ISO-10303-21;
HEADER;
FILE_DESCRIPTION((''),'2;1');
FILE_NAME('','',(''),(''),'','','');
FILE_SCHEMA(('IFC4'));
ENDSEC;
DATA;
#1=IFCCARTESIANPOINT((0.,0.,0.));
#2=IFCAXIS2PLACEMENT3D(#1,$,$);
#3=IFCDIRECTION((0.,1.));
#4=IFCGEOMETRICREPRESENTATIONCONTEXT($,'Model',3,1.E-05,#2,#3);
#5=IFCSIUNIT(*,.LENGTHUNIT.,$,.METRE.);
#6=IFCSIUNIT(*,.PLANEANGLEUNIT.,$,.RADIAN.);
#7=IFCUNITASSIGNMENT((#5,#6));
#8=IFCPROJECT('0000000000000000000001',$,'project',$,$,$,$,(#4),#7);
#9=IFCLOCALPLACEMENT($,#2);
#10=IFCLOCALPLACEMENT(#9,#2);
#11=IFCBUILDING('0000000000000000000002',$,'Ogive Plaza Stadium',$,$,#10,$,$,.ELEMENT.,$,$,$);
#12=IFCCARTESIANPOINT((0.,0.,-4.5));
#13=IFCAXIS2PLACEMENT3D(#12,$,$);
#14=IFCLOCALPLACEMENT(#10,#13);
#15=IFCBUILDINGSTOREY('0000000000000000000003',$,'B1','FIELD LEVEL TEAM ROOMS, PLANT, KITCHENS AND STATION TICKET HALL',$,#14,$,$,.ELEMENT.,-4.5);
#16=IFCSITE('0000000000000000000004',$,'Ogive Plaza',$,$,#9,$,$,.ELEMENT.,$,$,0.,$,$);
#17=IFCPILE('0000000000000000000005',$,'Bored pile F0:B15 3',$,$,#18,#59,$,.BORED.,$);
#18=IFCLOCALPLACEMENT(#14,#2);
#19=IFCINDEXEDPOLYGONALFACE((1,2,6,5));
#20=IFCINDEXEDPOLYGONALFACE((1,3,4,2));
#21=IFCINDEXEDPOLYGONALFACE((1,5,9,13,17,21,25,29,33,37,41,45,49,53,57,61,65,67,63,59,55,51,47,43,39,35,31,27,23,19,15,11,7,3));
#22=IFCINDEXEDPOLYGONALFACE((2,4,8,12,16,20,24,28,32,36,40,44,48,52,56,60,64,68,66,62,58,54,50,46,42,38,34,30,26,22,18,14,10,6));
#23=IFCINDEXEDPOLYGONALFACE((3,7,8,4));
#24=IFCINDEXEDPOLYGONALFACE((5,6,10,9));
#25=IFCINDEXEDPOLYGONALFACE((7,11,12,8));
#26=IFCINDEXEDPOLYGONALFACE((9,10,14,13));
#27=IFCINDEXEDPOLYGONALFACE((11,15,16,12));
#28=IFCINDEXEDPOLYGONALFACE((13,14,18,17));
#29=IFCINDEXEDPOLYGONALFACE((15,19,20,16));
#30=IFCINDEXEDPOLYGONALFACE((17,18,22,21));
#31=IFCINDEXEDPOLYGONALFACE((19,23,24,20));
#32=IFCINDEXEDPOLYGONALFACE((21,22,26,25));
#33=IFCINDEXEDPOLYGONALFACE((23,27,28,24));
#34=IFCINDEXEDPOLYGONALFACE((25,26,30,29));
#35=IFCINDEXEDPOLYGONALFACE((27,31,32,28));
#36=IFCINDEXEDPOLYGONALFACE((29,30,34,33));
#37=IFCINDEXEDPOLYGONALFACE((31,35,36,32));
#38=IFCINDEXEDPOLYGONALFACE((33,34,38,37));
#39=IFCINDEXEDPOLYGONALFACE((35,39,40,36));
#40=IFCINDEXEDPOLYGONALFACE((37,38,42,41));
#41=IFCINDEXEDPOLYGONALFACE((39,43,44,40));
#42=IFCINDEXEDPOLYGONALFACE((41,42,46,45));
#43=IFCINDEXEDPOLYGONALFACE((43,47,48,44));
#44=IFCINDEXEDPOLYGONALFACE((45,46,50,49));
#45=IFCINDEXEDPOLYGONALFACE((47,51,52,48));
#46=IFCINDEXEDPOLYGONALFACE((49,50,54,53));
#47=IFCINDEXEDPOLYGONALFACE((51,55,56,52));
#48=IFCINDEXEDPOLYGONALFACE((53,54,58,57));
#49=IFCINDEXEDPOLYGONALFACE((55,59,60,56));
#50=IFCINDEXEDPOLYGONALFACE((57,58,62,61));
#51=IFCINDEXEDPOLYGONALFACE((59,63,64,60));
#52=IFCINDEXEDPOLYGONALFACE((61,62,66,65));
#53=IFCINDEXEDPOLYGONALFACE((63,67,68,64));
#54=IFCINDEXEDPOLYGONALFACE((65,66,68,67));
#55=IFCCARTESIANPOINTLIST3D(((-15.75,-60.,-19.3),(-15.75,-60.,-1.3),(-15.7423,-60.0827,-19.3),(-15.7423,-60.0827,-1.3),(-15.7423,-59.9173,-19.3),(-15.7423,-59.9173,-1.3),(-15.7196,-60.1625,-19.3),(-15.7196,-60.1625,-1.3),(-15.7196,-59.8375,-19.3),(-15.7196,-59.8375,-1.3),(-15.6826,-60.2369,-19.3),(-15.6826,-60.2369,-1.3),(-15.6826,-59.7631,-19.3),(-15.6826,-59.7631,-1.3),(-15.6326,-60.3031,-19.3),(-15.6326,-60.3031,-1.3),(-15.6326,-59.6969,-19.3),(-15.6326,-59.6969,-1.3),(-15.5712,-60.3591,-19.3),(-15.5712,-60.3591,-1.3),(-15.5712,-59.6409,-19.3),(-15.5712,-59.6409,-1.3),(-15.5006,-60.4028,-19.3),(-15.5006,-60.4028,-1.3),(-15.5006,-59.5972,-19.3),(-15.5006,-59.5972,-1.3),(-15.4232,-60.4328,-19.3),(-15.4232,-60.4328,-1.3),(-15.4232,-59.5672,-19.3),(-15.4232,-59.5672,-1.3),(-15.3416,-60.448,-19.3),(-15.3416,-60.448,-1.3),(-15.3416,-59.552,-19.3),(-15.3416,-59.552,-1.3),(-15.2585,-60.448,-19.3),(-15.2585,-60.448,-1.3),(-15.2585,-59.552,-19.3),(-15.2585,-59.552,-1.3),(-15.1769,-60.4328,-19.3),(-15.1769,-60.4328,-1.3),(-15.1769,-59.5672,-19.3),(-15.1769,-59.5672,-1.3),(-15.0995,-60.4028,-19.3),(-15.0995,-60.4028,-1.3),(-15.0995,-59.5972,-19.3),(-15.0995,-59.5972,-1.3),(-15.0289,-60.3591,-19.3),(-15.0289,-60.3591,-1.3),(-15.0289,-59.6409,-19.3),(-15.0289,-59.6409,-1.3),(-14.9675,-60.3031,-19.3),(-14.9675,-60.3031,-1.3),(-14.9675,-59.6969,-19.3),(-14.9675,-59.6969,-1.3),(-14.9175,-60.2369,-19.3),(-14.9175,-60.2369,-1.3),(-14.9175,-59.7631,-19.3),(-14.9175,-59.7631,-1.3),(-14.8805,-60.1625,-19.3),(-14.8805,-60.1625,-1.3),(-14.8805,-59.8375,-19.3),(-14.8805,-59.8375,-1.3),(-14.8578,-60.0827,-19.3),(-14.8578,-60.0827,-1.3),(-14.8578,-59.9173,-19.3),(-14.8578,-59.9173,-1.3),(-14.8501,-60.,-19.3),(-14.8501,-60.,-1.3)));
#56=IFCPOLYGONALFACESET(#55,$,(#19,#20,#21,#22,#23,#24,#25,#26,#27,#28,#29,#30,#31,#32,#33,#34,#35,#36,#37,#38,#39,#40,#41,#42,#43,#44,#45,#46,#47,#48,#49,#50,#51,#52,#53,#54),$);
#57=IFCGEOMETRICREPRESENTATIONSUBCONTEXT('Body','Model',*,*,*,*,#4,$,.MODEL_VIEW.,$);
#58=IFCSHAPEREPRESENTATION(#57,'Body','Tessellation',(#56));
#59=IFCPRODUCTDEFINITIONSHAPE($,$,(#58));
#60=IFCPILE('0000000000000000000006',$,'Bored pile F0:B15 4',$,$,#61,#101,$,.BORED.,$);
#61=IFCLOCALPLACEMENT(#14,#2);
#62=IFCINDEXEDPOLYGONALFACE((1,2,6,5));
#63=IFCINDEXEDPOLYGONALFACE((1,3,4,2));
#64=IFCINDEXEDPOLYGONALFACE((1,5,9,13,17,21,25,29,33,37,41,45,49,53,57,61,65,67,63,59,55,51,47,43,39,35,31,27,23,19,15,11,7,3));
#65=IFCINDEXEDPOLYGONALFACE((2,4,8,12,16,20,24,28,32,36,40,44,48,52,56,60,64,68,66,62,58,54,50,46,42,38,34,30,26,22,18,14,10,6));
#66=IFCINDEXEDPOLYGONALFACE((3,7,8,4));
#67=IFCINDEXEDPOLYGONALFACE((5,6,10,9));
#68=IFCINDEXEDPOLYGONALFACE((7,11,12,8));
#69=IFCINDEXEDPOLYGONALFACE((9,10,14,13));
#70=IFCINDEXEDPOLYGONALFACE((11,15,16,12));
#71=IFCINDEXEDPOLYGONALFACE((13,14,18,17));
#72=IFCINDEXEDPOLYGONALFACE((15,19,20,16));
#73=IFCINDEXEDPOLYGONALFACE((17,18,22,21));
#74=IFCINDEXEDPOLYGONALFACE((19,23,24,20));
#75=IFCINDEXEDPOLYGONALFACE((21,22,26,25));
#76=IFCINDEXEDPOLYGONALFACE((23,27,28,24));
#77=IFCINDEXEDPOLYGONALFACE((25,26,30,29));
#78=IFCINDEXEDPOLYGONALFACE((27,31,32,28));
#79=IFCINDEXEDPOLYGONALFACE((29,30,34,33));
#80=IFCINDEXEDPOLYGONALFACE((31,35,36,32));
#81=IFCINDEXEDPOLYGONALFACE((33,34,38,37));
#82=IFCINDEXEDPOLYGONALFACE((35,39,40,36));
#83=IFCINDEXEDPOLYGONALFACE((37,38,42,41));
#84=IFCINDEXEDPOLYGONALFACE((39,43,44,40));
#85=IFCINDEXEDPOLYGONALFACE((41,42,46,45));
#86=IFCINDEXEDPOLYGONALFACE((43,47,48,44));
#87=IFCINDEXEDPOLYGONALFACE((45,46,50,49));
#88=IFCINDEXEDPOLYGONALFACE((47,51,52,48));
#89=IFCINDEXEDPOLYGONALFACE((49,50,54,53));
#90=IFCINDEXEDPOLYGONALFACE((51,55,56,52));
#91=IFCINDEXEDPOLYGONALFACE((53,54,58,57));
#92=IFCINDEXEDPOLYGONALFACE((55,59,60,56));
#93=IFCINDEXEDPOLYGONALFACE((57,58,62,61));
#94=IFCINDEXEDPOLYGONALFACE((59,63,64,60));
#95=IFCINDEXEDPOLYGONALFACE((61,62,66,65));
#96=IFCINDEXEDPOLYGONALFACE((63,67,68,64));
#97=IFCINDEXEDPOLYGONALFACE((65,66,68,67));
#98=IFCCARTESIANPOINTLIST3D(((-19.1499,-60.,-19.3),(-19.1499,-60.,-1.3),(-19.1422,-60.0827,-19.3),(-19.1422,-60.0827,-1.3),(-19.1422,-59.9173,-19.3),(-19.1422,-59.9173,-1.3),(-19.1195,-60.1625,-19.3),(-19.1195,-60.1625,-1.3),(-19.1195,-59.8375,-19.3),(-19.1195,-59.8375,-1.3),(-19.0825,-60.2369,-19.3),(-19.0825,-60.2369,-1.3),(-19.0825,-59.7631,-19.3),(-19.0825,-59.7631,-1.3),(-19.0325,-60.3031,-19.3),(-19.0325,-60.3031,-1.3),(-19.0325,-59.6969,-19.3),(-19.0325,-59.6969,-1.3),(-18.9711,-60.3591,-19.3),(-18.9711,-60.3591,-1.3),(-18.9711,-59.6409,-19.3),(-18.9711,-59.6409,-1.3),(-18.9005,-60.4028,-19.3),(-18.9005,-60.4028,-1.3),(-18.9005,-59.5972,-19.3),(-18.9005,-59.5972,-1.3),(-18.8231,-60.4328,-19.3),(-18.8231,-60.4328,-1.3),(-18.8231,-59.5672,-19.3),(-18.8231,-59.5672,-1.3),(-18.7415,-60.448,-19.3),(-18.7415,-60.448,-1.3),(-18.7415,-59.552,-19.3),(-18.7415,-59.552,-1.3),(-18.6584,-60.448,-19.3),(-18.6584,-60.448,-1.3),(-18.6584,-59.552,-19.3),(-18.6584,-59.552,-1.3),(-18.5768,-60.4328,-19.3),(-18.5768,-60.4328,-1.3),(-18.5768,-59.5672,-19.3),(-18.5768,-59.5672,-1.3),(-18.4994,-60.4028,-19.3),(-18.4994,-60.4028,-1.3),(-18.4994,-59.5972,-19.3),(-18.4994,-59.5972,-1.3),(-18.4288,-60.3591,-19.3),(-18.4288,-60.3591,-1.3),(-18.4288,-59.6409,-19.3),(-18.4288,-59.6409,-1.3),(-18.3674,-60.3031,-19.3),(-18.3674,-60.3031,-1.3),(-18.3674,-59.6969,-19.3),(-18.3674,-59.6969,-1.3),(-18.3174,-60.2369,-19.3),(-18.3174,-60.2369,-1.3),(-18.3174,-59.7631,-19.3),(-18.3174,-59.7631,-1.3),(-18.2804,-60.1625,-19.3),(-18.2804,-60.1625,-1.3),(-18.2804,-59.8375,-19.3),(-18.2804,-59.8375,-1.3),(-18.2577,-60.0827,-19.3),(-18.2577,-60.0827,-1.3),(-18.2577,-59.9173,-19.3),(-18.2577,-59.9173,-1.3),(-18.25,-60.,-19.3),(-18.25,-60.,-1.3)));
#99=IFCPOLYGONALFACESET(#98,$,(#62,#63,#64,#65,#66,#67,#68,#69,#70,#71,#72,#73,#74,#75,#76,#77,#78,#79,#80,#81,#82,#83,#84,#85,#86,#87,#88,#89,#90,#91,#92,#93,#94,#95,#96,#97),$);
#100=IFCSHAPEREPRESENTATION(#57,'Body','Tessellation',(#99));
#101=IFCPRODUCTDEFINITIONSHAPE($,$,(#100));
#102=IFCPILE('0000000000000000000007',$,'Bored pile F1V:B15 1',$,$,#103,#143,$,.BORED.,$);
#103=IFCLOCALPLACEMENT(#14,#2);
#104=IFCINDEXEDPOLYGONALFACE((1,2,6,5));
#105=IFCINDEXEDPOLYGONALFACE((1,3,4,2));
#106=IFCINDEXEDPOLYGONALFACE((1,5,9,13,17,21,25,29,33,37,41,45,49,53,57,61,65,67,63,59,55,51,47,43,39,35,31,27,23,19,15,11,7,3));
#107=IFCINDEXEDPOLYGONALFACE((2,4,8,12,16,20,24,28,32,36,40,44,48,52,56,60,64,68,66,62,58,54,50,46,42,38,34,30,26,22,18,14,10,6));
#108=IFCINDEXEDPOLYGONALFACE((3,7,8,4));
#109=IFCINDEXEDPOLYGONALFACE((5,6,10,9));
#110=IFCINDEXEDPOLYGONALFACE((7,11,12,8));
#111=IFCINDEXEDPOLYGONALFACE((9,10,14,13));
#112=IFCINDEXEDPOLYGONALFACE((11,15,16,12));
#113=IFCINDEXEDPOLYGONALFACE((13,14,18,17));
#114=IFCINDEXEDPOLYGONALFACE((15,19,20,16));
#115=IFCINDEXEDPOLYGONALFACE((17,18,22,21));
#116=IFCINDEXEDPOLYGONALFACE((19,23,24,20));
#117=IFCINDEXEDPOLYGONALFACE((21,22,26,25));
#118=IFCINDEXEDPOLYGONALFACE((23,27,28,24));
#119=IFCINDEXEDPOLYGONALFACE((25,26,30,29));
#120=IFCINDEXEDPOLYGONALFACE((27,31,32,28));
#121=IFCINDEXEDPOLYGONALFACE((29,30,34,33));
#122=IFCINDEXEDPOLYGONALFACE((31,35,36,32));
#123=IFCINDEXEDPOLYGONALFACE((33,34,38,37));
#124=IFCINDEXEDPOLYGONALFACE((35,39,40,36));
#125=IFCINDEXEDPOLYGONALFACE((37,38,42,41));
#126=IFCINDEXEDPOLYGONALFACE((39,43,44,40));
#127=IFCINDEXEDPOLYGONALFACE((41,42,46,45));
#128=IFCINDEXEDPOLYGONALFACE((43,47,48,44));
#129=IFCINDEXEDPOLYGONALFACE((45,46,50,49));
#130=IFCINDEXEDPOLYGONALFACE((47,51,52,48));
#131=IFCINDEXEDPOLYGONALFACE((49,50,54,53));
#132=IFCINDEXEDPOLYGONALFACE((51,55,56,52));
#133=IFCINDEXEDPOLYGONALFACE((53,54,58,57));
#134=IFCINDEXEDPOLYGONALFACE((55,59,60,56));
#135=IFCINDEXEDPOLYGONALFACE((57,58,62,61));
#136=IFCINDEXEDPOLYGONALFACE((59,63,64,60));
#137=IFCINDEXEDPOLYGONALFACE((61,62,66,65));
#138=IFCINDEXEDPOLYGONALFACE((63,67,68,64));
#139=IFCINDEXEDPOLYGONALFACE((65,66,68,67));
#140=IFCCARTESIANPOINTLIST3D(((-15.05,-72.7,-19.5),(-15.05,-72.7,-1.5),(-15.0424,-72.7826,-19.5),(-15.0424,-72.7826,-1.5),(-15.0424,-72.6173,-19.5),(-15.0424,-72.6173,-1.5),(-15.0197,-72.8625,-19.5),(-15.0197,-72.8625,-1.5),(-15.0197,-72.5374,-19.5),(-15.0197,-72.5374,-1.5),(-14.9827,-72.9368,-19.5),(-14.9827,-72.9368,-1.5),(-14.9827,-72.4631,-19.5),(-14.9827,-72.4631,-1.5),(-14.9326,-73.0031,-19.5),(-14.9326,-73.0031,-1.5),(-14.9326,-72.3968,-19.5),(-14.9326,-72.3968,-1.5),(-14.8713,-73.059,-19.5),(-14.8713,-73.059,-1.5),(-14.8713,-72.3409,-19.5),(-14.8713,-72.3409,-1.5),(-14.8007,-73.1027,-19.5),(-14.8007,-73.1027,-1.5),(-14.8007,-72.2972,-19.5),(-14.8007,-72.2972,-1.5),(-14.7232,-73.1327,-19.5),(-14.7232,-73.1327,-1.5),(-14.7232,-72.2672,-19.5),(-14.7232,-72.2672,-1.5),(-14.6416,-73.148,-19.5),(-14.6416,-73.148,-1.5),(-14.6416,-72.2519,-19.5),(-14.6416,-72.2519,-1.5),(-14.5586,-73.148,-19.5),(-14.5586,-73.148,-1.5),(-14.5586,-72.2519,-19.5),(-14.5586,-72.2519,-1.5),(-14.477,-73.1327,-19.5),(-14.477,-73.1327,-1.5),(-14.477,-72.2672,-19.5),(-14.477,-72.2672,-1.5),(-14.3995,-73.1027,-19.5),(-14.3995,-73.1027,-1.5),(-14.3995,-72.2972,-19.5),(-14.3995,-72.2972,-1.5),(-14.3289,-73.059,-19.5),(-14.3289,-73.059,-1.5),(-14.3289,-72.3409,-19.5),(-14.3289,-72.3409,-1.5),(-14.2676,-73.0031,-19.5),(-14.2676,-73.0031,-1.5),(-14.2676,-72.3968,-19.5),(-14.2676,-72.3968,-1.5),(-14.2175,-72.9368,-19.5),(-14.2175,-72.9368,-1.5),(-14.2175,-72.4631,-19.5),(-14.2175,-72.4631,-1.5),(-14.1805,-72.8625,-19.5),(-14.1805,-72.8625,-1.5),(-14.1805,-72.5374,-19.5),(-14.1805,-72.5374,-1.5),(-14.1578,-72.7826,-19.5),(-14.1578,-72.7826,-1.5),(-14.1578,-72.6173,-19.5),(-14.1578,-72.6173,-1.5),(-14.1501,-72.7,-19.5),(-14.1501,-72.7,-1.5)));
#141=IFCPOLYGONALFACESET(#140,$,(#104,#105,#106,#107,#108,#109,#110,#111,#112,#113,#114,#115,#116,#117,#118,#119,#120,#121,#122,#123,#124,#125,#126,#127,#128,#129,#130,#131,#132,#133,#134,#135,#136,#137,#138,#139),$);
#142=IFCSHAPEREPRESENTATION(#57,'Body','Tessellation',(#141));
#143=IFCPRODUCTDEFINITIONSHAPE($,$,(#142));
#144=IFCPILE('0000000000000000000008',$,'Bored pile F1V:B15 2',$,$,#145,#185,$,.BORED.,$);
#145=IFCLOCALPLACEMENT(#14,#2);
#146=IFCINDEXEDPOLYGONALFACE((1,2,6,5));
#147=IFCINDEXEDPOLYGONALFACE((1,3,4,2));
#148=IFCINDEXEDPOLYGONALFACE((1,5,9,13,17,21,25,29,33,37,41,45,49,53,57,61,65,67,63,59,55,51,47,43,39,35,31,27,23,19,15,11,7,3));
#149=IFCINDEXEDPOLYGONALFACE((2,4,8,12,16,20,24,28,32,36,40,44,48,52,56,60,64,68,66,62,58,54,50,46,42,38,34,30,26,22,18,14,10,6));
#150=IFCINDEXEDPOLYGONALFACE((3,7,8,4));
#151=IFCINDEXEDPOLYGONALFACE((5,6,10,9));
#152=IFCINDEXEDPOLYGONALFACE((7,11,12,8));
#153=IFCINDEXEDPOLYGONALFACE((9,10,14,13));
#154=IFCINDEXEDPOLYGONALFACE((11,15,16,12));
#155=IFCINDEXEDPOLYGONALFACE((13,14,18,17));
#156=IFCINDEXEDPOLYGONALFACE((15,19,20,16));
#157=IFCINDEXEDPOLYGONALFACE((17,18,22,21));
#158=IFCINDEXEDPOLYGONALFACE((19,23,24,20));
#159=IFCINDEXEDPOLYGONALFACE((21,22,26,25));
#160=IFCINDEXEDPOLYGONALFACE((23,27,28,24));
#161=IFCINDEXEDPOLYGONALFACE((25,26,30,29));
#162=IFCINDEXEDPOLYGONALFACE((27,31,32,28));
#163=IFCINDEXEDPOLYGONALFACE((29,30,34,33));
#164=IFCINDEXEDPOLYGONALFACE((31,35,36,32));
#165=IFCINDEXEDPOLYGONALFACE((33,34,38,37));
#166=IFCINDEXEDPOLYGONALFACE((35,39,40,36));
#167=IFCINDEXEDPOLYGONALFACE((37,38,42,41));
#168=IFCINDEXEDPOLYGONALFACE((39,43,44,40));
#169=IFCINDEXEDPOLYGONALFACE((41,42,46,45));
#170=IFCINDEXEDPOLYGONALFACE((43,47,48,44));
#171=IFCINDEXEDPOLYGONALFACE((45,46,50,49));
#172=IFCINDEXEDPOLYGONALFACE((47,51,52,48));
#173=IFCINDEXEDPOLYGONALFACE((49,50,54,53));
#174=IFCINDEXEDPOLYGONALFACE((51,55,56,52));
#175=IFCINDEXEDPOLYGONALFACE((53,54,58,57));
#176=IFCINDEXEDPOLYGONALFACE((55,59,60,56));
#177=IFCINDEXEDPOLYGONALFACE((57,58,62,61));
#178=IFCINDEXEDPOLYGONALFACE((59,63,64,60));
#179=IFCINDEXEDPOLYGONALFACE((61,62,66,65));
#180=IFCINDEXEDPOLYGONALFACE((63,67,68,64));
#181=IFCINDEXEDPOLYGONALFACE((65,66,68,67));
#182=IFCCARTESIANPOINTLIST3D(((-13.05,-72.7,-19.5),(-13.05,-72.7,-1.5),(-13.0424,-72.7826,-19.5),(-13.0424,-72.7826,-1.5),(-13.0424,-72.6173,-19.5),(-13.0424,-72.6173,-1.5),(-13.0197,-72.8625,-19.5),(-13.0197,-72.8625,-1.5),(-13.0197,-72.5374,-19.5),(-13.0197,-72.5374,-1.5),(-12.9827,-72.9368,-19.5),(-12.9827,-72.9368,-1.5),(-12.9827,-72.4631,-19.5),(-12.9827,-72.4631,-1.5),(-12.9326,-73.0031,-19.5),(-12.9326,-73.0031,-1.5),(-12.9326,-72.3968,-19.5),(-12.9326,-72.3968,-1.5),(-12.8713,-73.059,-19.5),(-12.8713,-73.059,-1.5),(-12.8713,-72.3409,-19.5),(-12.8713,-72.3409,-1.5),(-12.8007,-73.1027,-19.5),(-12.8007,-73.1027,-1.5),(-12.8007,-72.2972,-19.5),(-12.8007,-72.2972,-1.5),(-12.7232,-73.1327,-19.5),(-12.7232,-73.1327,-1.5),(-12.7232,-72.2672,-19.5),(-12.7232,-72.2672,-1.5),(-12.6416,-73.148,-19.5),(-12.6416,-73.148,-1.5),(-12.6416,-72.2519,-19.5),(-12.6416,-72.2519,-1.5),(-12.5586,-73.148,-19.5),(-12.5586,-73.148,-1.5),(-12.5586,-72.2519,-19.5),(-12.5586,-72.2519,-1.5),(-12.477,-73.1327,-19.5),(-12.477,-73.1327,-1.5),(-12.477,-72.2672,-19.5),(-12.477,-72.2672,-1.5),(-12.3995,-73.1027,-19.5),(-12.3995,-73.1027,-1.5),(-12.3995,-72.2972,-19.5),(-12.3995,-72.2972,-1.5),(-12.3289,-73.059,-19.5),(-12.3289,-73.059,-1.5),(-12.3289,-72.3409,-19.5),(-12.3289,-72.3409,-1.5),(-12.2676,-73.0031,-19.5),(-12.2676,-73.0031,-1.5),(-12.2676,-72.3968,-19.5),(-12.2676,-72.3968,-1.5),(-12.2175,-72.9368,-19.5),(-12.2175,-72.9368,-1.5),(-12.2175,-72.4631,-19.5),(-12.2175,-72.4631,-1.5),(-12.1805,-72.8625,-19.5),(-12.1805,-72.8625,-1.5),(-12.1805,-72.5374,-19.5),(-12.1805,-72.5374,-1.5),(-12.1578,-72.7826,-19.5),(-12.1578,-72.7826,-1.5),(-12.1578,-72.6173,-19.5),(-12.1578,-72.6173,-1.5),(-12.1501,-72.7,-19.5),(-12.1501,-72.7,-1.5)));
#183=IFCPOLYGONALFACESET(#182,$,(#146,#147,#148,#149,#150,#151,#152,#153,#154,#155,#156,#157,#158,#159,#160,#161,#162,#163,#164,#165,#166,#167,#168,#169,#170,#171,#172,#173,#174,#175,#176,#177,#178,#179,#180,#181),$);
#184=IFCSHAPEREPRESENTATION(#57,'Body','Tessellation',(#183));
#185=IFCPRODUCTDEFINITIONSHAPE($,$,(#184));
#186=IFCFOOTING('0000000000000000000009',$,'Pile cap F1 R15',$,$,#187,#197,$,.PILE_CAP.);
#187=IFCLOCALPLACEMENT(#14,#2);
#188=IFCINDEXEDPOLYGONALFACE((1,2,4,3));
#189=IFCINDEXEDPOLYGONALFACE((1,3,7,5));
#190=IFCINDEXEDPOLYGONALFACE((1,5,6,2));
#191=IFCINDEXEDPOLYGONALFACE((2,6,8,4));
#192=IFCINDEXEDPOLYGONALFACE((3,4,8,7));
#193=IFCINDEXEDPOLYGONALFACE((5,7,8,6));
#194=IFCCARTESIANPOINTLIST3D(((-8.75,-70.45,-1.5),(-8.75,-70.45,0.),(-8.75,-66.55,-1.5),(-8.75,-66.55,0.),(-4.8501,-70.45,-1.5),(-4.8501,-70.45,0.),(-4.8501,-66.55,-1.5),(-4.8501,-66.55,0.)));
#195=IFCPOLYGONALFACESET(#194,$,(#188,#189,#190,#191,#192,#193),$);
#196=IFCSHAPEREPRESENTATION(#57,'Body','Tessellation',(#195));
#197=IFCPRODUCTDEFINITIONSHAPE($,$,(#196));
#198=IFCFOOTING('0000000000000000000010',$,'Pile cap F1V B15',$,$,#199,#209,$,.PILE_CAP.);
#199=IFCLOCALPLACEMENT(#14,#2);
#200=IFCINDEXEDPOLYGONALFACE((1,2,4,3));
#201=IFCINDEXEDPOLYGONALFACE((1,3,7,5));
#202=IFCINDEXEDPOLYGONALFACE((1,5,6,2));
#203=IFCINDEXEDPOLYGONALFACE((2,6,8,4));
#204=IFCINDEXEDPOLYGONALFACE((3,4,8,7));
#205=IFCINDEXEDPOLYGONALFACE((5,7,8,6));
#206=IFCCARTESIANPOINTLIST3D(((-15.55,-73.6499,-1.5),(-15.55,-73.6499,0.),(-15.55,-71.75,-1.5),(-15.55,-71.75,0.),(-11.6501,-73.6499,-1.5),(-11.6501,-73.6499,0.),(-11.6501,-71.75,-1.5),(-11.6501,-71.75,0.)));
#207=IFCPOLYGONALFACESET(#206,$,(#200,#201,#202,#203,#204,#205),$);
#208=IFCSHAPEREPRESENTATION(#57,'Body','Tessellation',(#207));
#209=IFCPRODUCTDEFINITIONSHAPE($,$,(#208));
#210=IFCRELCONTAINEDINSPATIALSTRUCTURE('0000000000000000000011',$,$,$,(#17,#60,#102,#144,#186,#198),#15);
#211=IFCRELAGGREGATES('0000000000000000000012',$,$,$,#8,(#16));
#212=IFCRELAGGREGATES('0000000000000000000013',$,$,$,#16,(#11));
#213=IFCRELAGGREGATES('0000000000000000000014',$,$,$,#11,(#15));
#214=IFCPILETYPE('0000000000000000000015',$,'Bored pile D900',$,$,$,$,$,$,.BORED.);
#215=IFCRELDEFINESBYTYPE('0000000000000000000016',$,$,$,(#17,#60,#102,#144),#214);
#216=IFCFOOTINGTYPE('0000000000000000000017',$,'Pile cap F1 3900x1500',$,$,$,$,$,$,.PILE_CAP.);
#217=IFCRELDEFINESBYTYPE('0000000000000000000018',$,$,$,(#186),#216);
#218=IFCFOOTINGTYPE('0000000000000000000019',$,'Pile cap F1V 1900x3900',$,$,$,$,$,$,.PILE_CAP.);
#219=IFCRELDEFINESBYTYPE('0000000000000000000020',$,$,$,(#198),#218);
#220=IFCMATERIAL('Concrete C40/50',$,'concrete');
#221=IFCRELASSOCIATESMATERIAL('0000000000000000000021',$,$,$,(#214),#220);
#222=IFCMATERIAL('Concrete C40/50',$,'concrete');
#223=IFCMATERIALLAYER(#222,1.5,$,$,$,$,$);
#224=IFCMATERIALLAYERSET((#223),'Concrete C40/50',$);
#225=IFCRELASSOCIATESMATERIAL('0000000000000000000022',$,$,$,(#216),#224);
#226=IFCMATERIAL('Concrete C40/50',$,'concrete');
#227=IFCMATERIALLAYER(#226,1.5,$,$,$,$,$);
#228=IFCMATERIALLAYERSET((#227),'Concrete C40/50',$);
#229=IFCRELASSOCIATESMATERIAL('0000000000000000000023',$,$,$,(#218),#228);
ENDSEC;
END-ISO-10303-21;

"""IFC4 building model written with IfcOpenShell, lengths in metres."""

from ifc_helpers import new_model, si_unit, direction, frame, origin, origin_2d, place, context, subcontext, project, spatial, rectangle, circle, extrude, material, layer, layer_set, material_profile, profile_set, type_object, element, save


model = new_model("IFC4")

# Units and contexts
model_context = context("Model", 3, precision=1e-05, world=origin(), true_north=direction((0.0, 1.0)))
body_context = subcontext(model_context, "Body", "Model", "MODEL_VIEW")
ifc_project = project(units=[si_unit("LENGTHUNIT", "METRE"), si_unit("PLANEANGLEUNIT", "RADIAN")], contexts=[model_context])

# Site, building, storey
site_placement = place(None, origin())
site = spatial("IfcSite", under=ifc_project, at=site_placement, Name="Ogive Plaza", CompositionType="ELEMENT", RefElevation=0.0)
building_placement = place(site_placement, origin())
building = spatial("IfcBuilding", under=site, at=building_placement, Name="Ogive Plaza Stadium", CompositionType="ELEMENT")
storey_placement = place(building_placement, frame((0.0, 0.0, -4.5)))
storey = spatial("IfcBuildingStorey", under=building, at=storey_placement, Name="B1", Description="FIELD LEVEL TEAM ROOMS, PLANT, KITCHENS AND STATION TICKET HALL", CompositionType="ELEMENT", Elevation=-4.5)

# Piles
ifc_material_1 = material(Name="Concrete C40/50", Category="concrete")
ifc_material_profile_1 = material_profile(ifc_material_1, circle(Radius=0.45, at=origin_2d()), Name="RC D900")
ifc_profile_set_1 = profile_set([ifc_material_profile_1], Name="Concrete C40/50")
pile_type_1 = type_object("IfcPileType", Name="Bored pile D900", PredefinedType="BORED", material=ifc_profile_set_1)
for number, where, z_axis, x_axis, name in (
    (1, (-15.3, -60.0, -1.3), (0.0, 0.0, -1.0), (1.0, 0.0, 0.0), "Bored pile F0:B15 3"),
    (2, (-18.7, -60.0, -1.3), (0.0, 0.0, -1.0), (1.0, 0.0, 0.0), "Bored pile F0:B15 4"),
    (3, (-14.6001, -72.7, -1.5), (0.0, 0.0, -1.0), (1.0, 0.0, 0.0), "Bored pile F1V:B15 1"),
    (4, (-12.6001, -72.7, -1.5), (0.0, 0.0, -1.0), (1.0, 0.0, 0.0), "Bored pile F1V:B15 2"),
):
    element("IfcPile", number, at=place(storey_placement, frame(where, z_axis=z_axis, x_axis=x_axis)), inside=storey, type_object=pile_type_1, Name=name, PredefinedType="BORED", context=body_context, shape_type="SweptSolid", body=[
        extrude(circle(Radius=0.45, at=origin_2d()), origin(), (0.0, 0.0, 1.0), 18.0),
    ])

# Footings
ifc_material_2 = material(Name="Concrete C40/50", Category="concrete")
ifc_layer_1 = layer(ifc_material_2, 1.5)
ifc_layer_set_1 = layer_set([ifc_layer_1], Name="Concrete C40/50")
footing_type_1 = type_object("IfcFootingType", Name="Pile cap F1 3900x1500", PredefinedType="PILE_CAP", material=ifc_layer_set_1)
footing_1_placement = place(storey_placement, frame((-6.8, -68.5, -1.5), z_axis=(0.0, 0.0, 1.0), x_axis=(0.0, -1.0, 0.0)))
element("IfcFooting", 5, at=footing_1_placement, inside=storey, type_object=footing_type_1, Name="Pile cap F1 R15", PredefinedType="PILE_CAP", context=body_context, shape_type="SweptSolid", body=[
    extrude(rectangle(XDim=3.8999, YDim=3.8999, at=origin_2d()), origin(), (0.0, 0.0, 1.0), 1.5),
])
ifc_material_3 = material(Name="Concrete C40/50", Category="concrete")
ifc_layer_2 = layer(ifc_material_3, 1.5)
ifc_layer_set_2 = layer_set([ifc_layer_2], Name="Concrete C40/50")
footing_type_2 = type_object("IfcFootingType", Name="Pile cap F1V 1900x3900", PredefinedType="PILE_CAP", material=ifc_layer_set_2)
footing_2_placement = place(storey_placement, frame((-13.6001, -72.7, -1.5), z_axis=(0.0, 0.0, 1.0), x_axis=(0.0, -1.0, 0.0)))
element("IfcFooting", 6, at=footing_2_placement, inside=storey, type_object=footing_type_2, Name="Pile cap F1V B15", PredefinedType="PILE_CAP", context=body_context, shape_type="SweptSolid", body=[
    extrude(rectangle(XDim=1.8999, YDim=3.8999, at=origin_2d()), origin(), (0.0, 0.0, 1.0), 1.5),
])

save(model, "model.ifc")
